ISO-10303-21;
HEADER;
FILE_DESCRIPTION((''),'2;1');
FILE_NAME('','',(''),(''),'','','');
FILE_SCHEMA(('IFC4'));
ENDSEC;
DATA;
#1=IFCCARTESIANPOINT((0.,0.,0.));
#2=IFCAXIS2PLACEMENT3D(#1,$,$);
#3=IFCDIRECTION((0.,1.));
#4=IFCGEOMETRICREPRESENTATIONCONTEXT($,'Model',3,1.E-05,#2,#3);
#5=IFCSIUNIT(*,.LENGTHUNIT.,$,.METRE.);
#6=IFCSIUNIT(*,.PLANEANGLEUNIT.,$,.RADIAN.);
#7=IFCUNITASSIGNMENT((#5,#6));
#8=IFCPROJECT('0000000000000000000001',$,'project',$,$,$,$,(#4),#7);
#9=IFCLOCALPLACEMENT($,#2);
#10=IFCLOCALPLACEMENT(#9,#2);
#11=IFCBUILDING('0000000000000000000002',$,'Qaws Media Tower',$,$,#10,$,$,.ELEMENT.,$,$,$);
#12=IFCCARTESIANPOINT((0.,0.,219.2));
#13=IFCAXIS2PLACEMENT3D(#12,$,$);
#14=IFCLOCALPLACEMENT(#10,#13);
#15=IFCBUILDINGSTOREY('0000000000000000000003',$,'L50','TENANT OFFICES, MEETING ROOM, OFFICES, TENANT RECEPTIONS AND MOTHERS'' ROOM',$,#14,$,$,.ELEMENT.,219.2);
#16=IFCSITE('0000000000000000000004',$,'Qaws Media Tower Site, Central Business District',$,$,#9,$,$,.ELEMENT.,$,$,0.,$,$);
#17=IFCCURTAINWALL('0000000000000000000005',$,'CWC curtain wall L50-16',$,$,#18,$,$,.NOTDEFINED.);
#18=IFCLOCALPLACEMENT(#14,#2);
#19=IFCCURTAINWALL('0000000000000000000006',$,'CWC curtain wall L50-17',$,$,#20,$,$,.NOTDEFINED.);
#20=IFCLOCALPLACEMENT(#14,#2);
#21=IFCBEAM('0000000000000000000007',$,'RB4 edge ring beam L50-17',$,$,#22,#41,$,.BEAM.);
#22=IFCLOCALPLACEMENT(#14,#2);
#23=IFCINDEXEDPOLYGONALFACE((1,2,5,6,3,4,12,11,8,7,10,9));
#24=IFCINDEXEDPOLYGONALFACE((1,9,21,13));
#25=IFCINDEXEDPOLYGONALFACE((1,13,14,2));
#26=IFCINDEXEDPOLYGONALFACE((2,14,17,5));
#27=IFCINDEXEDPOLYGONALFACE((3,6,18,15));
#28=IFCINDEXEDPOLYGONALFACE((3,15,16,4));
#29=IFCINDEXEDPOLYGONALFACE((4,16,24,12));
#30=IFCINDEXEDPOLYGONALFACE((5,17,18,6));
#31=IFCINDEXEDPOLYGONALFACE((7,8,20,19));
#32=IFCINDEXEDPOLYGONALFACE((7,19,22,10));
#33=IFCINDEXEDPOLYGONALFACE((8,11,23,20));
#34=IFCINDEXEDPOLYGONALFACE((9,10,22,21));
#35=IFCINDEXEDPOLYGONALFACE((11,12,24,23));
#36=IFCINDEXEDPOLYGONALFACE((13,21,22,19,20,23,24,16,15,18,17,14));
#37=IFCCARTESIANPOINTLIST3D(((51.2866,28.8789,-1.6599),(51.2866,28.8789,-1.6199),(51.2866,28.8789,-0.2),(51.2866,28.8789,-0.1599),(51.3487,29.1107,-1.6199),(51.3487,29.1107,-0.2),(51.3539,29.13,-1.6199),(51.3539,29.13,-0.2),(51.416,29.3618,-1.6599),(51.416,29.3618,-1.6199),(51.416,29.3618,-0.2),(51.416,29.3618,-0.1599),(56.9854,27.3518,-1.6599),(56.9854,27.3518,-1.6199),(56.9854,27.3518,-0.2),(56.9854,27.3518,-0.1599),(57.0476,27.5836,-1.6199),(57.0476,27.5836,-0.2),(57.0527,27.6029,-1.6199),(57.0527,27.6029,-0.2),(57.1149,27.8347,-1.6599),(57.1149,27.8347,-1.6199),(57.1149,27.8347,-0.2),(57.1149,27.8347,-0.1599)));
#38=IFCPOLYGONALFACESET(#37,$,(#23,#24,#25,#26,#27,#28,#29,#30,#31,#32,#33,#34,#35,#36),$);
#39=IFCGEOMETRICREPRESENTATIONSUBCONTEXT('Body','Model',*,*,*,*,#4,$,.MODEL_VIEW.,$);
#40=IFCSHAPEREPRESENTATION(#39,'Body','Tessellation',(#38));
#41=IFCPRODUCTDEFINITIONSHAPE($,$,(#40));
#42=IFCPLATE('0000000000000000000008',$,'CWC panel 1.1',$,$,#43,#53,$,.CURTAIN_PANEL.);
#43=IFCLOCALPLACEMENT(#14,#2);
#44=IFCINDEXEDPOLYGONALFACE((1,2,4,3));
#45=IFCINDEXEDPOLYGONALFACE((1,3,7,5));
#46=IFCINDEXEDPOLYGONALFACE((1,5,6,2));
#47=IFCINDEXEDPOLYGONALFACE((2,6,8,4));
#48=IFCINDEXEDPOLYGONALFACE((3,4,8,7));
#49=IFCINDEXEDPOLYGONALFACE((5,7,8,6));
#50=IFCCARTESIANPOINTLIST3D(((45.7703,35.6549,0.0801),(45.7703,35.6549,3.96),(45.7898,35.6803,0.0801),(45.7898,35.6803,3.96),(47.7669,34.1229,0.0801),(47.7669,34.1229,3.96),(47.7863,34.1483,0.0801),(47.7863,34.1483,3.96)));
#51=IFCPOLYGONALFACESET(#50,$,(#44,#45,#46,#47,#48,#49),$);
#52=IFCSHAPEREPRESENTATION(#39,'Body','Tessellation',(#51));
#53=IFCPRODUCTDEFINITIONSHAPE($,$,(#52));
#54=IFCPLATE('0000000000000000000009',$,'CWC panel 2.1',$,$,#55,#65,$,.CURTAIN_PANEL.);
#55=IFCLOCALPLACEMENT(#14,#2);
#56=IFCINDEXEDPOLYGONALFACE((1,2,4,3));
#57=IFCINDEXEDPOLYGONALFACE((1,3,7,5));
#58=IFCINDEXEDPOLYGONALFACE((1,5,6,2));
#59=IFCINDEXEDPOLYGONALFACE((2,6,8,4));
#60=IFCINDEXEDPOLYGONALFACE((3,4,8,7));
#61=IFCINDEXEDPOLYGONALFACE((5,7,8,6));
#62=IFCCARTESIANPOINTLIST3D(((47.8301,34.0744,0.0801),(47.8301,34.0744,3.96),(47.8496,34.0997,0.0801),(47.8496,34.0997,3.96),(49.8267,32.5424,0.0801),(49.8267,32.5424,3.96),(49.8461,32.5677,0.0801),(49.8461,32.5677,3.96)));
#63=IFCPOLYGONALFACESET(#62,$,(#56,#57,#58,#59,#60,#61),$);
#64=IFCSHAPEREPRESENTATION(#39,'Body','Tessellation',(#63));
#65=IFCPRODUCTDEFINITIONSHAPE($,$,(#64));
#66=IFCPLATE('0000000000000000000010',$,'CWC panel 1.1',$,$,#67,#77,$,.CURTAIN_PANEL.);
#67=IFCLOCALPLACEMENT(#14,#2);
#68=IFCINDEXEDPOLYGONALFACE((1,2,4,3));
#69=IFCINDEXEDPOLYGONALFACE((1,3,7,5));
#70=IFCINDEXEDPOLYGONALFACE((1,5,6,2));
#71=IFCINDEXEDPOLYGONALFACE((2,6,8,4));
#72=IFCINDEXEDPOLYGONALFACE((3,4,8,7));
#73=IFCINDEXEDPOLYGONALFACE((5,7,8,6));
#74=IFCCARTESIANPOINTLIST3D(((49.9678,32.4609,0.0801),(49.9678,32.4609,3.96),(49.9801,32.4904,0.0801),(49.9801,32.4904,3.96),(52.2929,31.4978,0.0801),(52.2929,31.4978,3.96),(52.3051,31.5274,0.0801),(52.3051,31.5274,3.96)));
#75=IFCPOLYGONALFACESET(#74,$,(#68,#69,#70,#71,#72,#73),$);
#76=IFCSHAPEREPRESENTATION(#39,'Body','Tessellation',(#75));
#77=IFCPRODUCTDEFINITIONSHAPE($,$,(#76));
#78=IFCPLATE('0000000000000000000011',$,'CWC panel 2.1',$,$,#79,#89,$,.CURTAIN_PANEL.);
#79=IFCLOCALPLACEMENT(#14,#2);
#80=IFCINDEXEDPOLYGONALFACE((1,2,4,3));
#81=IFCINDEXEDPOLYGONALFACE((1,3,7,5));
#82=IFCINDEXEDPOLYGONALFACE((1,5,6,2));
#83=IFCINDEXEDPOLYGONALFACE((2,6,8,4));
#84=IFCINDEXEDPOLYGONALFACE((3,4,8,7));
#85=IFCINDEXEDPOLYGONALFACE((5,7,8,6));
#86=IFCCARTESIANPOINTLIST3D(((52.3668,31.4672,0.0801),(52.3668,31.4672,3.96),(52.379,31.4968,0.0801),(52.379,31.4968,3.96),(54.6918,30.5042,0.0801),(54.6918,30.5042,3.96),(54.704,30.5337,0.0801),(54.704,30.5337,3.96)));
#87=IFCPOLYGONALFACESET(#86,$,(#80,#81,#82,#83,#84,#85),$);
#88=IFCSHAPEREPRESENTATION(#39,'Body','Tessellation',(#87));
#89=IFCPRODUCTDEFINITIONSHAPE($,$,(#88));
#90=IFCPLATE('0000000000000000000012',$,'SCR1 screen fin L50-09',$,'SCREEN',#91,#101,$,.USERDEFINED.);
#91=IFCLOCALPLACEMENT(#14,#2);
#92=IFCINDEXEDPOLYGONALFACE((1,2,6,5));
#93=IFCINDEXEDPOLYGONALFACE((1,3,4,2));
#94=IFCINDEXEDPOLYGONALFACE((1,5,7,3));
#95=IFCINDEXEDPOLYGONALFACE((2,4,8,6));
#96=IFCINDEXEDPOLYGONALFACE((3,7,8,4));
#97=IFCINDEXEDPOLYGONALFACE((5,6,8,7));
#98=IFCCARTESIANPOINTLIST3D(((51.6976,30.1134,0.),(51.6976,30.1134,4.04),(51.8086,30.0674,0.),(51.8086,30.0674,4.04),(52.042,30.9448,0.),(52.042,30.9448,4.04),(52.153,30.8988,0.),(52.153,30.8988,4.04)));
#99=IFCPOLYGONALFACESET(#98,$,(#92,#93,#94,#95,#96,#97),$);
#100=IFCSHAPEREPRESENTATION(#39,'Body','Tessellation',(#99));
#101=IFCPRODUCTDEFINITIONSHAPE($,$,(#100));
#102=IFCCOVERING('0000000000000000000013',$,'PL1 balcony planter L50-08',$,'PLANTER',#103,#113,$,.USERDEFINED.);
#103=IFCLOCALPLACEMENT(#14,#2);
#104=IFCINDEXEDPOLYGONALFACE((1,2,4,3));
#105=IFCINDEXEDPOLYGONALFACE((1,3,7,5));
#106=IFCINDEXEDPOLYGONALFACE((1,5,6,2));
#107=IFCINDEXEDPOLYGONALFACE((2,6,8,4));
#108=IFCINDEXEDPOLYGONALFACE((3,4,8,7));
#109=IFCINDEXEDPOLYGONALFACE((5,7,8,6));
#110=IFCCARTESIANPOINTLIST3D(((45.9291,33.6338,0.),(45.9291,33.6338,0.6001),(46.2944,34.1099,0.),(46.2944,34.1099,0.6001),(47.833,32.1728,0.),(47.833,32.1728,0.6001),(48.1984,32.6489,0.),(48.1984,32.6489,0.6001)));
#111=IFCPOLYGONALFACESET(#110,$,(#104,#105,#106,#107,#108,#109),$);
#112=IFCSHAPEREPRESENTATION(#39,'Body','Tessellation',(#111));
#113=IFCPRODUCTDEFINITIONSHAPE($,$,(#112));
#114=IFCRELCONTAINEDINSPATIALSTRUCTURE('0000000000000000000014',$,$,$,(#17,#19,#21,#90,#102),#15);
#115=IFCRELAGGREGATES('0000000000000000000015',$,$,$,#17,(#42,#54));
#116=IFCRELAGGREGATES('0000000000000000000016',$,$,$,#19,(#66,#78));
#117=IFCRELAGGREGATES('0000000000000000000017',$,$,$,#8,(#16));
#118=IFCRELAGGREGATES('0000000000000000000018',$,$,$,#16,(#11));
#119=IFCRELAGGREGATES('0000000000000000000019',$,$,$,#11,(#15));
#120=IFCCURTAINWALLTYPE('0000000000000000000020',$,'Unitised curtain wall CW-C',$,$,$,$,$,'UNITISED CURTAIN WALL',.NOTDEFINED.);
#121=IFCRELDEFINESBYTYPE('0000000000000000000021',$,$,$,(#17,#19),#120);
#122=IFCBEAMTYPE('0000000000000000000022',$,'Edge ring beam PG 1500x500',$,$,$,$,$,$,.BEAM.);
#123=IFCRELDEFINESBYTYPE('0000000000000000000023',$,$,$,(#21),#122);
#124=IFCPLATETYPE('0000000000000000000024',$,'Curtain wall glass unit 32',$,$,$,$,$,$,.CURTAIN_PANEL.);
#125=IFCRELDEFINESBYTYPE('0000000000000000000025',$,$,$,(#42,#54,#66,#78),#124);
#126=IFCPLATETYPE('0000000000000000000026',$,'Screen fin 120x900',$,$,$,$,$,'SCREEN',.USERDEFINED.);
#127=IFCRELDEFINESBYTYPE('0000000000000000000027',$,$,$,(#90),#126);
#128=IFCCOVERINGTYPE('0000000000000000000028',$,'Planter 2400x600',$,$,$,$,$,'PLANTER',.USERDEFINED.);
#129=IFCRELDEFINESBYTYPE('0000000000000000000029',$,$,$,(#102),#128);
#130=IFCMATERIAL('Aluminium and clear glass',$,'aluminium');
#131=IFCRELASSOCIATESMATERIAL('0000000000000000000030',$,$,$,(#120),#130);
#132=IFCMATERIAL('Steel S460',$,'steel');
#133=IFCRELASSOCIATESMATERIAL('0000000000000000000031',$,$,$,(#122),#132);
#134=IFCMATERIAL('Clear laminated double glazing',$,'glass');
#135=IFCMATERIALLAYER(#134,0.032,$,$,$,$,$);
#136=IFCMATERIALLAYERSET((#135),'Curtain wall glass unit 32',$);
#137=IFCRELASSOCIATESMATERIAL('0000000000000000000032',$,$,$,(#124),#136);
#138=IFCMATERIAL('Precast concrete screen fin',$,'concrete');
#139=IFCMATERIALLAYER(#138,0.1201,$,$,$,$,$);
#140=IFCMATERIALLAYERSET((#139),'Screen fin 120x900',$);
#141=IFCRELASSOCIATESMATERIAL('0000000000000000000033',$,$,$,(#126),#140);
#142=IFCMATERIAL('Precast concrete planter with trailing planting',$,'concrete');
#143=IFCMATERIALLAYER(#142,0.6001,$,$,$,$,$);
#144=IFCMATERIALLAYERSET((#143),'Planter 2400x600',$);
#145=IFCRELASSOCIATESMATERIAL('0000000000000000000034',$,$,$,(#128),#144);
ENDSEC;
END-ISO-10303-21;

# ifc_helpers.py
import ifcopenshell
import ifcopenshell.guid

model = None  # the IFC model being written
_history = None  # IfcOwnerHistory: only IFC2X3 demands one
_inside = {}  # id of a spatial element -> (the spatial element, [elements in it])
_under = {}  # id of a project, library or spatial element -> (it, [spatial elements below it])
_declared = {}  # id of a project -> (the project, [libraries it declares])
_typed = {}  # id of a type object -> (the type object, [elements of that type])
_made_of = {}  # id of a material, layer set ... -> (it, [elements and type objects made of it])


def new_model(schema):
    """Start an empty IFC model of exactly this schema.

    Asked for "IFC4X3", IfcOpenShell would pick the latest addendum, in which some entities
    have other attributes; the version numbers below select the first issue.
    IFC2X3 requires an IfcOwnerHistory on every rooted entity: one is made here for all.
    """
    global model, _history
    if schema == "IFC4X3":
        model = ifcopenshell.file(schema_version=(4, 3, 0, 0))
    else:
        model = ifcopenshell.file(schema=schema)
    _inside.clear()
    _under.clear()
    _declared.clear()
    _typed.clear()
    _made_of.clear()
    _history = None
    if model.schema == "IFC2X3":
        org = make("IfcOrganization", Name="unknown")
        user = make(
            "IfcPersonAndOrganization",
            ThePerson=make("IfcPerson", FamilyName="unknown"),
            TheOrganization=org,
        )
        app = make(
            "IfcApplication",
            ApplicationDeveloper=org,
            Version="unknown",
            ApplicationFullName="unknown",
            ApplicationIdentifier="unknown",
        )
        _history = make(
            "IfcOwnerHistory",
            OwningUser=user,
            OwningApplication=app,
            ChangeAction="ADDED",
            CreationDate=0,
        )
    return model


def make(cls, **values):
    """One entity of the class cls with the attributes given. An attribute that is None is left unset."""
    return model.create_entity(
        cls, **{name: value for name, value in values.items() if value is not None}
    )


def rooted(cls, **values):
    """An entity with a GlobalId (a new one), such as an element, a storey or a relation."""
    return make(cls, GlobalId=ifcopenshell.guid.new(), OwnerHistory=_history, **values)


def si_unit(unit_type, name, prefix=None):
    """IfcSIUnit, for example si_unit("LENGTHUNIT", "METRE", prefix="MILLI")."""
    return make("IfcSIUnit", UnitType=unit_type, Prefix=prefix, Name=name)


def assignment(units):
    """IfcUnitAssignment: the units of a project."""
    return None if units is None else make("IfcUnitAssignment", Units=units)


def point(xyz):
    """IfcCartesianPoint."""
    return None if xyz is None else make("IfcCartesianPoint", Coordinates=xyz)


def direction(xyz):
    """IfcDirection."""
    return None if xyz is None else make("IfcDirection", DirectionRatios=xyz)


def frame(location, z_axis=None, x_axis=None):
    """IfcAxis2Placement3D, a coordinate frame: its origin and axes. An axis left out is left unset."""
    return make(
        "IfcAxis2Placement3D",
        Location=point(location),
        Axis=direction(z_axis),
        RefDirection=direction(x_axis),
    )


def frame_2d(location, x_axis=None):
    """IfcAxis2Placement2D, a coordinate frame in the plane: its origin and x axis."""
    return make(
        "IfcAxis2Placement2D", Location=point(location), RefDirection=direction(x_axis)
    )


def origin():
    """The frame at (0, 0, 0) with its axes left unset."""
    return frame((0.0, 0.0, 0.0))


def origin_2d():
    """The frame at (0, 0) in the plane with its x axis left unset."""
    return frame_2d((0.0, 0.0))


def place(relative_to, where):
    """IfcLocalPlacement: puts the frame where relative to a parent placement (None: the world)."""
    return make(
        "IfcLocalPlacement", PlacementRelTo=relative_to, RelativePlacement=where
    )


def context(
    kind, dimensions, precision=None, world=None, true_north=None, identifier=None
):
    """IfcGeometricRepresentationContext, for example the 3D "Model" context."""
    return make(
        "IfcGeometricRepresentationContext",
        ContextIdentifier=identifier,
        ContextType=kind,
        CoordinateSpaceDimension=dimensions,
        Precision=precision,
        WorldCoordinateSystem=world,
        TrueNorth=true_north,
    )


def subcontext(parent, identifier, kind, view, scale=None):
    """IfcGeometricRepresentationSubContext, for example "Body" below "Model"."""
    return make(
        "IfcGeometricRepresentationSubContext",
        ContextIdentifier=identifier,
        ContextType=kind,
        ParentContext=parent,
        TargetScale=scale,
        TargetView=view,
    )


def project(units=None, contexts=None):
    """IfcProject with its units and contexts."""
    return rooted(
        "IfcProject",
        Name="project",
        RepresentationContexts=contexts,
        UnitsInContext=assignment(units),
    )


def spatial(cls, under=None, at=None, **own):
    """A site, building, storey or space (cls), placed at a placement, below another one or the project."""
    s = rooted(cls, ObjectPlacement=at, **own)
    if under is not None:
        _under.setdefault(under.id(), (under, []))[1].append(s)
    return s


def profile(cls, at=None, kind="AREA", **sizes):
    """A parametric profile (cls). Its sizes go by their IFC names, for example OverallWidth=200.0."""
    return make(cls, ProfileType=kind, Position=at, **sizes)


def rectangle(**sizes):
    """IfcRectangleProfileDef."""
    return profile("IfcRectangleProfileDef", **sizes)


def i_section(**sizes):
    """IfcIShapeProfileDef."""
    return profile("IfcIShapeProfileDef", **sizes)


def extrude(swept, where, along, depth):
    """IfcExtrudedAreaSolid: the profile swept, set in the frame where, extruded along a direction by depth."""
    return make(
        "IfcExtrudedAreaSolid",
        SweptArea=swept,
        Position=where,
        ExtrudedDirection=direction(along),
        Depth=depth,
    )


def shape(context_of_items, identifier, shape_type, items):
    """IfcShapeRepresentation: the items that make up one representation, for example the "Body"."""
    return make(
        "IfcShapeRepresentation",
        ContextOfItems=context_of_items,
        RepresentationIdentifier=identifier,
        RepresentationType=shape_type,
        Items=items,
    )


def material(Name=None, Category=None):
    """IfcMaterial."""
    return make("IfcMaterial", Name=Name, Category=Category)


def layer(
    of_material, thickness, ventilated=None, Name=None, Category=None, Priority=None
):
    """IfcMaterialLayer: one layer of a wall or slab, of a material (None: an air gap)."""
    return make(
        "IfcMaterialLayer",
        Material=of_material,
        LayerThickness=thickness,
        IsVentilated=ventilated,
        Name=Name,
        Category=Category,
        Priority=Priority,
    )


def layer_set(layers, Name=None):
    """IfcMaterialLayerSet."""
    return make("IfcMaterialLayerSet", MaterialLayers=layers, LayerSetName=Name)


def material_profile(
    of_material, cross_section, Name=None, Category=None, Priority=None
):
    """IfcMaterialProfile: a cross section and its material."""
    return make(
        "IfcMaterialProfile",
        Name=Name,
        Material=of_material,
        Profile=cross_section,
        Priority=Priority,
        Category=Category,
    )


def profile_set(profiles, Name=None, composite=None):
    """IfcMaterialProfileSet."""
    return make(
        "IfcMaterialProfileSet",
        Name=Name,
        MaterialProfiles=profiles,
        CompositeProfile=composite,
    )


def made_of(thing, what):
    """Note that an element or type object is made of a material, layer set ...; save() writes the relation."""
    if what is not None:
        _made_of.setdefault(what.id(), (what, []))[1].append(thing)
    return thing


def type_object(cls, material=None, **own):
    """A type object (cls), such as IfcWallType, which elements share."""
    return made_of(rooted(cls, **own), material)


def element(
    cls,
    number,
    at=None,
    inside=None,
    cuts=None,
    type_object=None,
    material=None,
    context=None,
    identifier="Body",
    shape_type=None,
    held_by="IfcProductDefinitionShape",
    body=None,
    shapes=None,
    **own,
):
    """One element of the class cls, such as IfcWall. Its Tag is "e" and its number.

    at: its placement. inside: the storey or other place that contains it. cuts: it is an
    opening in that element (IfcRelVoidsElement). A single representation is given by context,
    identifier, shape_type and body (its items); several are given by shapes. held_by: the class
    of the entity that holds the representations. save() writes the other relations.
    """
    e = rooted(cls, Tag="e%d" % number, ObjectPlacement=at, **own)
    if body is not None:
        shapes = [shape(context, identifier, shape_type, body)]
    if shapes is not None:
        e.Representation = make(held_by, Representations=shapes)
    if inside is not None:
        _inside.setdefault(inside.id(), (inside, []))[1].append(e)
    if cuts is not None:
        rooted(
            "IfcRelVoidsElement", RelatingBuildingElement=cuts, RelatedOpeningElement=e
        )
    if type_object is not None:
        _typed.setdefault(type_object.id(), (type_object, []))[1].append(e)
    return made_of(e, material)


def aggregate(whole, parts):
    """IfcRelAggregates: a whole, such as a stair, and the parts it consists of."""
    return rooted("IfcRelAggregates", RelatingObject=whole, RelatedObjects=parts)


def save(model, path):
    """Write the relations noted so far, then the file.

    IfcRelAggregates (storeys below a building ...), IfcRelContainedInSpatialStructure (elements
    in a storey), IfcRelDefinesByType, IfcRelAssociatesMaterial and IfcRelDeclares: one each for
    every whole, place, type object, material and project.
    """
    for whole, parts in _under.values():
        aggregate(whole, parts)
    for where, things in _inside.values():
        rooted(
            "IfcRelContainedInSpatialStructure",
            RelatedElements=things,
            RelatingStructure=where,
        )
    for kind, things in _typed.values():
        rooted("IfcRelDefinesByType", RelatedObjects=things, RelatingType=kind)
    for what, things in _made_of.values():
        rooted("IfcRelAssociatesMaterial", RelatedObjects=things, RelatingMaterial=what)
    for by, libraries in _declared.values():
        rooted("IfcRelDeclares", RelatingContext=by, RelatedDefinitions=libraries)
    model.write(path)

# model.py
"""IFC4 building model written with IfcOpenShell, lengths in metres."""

from ifc_helpers import new_model, si_unit, direction, frame, origin, origin_2d, place, context, subcontext, project, spatial, rectangle, i_section, extrude, material, layer, layer_set, material_profile, profile_set, type_object, element, aggregate, save


model = new_model("IFC4")

# Units and contexts
model_context = context("Model", 3, precision=1e-05, world=origin(), true_north=direction((0.0, 1.0)))
body_context = subcontext(model_context, "Body", "Model", "MODEL_VIEW")
ifc_project = project(units=[si_unit("LENGTHUNIT", "METRE"), si_unit("PLANEANGLEUNIT", "RADIAN")], contexts=[model_context])

# Site, building, storey
site_placement = place(None, origin())
site = spatial("IfcSite", under=ifc_project, at=site_placement, Name="Qaws Media Tower Site, Central Business District", CompositionType="ELEMENT", RefElevation=0.0)
building_placement = place(site_placement, origin())
building = spatial("IfcBuilding", under=site, at=building_placement, Name="Qaws Media Tower", CompositionType="ELEMENT")
storey_placement = place(building_placement, frame((0.0, 0.0, 219.2)))
storey = spatial("IfcBuildingStorey", under=building, at=storey_placement, Name="L50", Description="TENANT OFFICES, MEETING ROOM, OFFICES, TENANT RECEPTIONS AND MOTHERS' ROOM", CompositionType="ELEMENT", Elevation=219.2)

# Curtain walls
ifc_material_1 = material(Name="Aluminium and clear glass", Category="aluminium")
curtain_wall_type = type_object("IfcCurtainWallType", Name="Unitised curtain wall CW-C", ElementType="UNITISED CURTAIN WALL", PredefinedType="NOTDEFINED", material=ifc_material_1)
curtain_wall_1_placement = place(storey_placement, origin())
curtain_wall_1 = element("IfcCurtainWall", 1, at=curtain_wall_1_placement, inside=storey, type_object=curtain_wall_type, Name="CWC curtain wall L50-16", PredefinedType="NOTDEFINED")
curtain_wall_2_placement = place(storey_placement, origin())
curtain_wall_2 = element("IfcCurtainWall", 2, at=curtain_wall_2_placement, inside=storey, type_object=curtain_wall_type, Name="CWC curtain wall L50-17", PredefinedType="NOTDEFINED")

# Beam
ifc_material_2 = material(Name="Steel S460", Category="steel")
ifc_material_profile_1 = material_profile(ifc_material_2, i_section(OverallWidth=0.5, OverallDepth=1.5, WebThickness=0.02, FlangeThickness=0.04, at=origin_2d()), Name="PG 1500x500")
ifc_profile_set_1 = profile_set([ifc_material_profile_1], Name="Steel S460")
beam_type = type_object("IfcBeamType", Name="Edge ring beam PG 1500x500", PredefinedType="BEAM", material=ifc_profile_set_1)
for number, where, z_axis, x_axis, name in (
    (3, (51.3513, 29.1204, -0.9099), (0.96592, -0.25884, 0.0), (0.25884, 0.96592, 0.0), "RB4 edge ring beam L50-17"),
):
    element("IfcBeam", number, at=place(storey_placement, frame(where, z_axis=z_axis, x_axis=x_axis)), inside=storey, type_object=beam_type, Name=name, PredefinedType="BEAM", context=body_context, shape_type="SweptSolid", body=[
        extrude(i_section(OverallWidth=0.5, OverallDepth=1.5, WebThickness=0.02, FlangeThickness=0.04, at=origin_2d()), origin(), (0.0, 0.0, 1.0), 5.8999),
    ])

# Plates
ifc_material_3 = material(Name="Clear laminated double glazing", Category="glass")
ifc_layer_1 = layer(ifc_material_3, 0.032)
ifc_layer_set_1 = layer_set([ifc_layer_1], Name="Curtain wall glass unit 32")
plate_type_1 = type_object("IfcPlateType", Name="Curtain wall glass unit 32", PredefinedType="CURTAIN_PANEL", material=ifc_layer_set_1)
plate_1_placement = place(storey_placement, frame((46.7783, 34.9016, 0.0801), z_axis=(0.0, 0.0, 1.0), x_axis=(0.793353, -0.608761, 0.0)))
plate_1 = element("IfcPlate", 4, at=plate_1_placement, type_object=plate_type_1, Name="CWC panel 1.1", PredefinedType="CURTAIN_PANEL", context=body_context, shape_type="SweptSolid", body=[
    extrude(rectangle(XDim=2.5166, YDim=0.032, at=origin_2d()), origin(), (0.0, 0.0, 1.0), 3.8799),
])
plate_2_placement = place(storey_placement, frame((48.8381, 33.321, 0.0801), z_axis=(0.0, 0.0, 1.0), x_axis=(0.793353, -0.608761, 0.0)))
plate_2 = element("IfcPlate", 5, at=plate_2_placement, type_object=plate_type_1, Name="CWC panel 2.1", PredefinedType="CURTAIN_PANEL", context=body_context, shape_type="SweptSolid", body=[
    extrude(rectangle(XDim=2.5166, YDim=0.032, at=origin_2d()), origin(), (0.0, 0.0, 1.0), 3.8799),
])
aggregate(curtain_wall_1, [plate_1, plate_2])
plate_3_placement = place(storey_placement, frame((51.1365, 31.9941, 0.0801), z_axis=(0.0, 0.0, 1.0), x_axis=(0.923879, -0.382684, 0.0)))
plate_3 = element("IfcPlate", 6, at=plate_3_placement, type_object=plate_type_1, Name="CWC panel 1.1", PredefinedType="CURTAIN_PANEL", context=body_context, shape_type="SweptSolid", body=[
    extrude(rectangle(XDim=2.5166, YDim=0.032, at=origin_2d()), origin(), (0.0, 0.0, 1.0), 3.8799),
])
plate_4_placement = place(storey_placement, frame((53.5354, 31.0005, 0.0801), z_axis=(0.0, 0.0, 1.0), x_axis=(0.923879, -0.382684, 0.0)))
plate_4 = element("IfcPlate", 7, at=plate_4_placement, type_object=plate_type_1, Name="CWC panel 2.1", PredefinedType="CURTAIN_PANEL", context=body_context, shape_type="SweptSolid", body=[
    extrude(rectangle(XDim=2.5166, YDim=0.032, at=origin_2d()), origin(), (0.0, 0.0, 1.0), 3.8799),
])
aggregate(curtain_wall_2, [plate_3, plate_4])
ifc_material_4 = material(Name="Precast concrete screen fin", Category="concrete")
ifc_layer_2 = layer(ifc_material_4, 0.1201)
ifc_layer_set_2 = layer_set([ifc_layer_2], Name="Screen fin 120x900")
plate_type_2 = type_object("IfcPlateType", Name="Screen fin 120x900", ElementType="SCREEN", PredefinedType="USERDEFINED", material=ifc_layer_set_2)
plate_5_placement = place(storey_placement, frame((51.9253, 30.5061, 0.0), z_axis=(0.0, 0.0, 1.0), x_axis=(-0.382683, -0.92388, 0.0)))
element("IfcPlate", 8, at=plate_5_placement, inside=storey, type_object=plate_type_2, Name="SCR1 screen fin L50-09", ObjectType="SCREEN", PredefinedType="USERDEFINED", context=body_context, shape_type="SweptSolid", body=[
    extrude(rectangle(XDim=0.8999, YDim=0.1201, at=origin_2d()), origin(), (0.0, 0.0, 1.0), 4.04),
])

# Covering
ifc_material_5 = material(Name="Precast concrete planter with trailing planting", Category="concrete")
ifc_layer_3 = layer(ifc_material_5, 0.6001)
ifc_layer_set_3 = layer_set([ifc_layer_3], Name="Planter 2400x600")
covering_type = type_object("IfcCoveringType", Name="Planter 2400x600", ElementType="PLANTER", PredefinedType="USERDEFINED", material=ifc_layer_set_3)
covering_placement = place(storey_placement, frame((47.0637, 33.1414, 0.0), z_axis=(0.0, 0.0, 1.0), x_axis=(0.793353, -0.608761, 0.0)))
element("IfcCovering", 9, at=covering_placement, inside=storey, type_object=covering_type, Name="PL1 balcony planter L50-08", ObjectType="PLANTER", PredefinedType="USERDEFINED", context=body_context, shape_type="SweptSolid", body=[
    extrude(rectangle(XDim=2.3999, YDim=0.6001, at=origin_2d()), origin(), (0.0, 0.0, 1.0), 0.6001),
])

save(model, "model.ifc")
